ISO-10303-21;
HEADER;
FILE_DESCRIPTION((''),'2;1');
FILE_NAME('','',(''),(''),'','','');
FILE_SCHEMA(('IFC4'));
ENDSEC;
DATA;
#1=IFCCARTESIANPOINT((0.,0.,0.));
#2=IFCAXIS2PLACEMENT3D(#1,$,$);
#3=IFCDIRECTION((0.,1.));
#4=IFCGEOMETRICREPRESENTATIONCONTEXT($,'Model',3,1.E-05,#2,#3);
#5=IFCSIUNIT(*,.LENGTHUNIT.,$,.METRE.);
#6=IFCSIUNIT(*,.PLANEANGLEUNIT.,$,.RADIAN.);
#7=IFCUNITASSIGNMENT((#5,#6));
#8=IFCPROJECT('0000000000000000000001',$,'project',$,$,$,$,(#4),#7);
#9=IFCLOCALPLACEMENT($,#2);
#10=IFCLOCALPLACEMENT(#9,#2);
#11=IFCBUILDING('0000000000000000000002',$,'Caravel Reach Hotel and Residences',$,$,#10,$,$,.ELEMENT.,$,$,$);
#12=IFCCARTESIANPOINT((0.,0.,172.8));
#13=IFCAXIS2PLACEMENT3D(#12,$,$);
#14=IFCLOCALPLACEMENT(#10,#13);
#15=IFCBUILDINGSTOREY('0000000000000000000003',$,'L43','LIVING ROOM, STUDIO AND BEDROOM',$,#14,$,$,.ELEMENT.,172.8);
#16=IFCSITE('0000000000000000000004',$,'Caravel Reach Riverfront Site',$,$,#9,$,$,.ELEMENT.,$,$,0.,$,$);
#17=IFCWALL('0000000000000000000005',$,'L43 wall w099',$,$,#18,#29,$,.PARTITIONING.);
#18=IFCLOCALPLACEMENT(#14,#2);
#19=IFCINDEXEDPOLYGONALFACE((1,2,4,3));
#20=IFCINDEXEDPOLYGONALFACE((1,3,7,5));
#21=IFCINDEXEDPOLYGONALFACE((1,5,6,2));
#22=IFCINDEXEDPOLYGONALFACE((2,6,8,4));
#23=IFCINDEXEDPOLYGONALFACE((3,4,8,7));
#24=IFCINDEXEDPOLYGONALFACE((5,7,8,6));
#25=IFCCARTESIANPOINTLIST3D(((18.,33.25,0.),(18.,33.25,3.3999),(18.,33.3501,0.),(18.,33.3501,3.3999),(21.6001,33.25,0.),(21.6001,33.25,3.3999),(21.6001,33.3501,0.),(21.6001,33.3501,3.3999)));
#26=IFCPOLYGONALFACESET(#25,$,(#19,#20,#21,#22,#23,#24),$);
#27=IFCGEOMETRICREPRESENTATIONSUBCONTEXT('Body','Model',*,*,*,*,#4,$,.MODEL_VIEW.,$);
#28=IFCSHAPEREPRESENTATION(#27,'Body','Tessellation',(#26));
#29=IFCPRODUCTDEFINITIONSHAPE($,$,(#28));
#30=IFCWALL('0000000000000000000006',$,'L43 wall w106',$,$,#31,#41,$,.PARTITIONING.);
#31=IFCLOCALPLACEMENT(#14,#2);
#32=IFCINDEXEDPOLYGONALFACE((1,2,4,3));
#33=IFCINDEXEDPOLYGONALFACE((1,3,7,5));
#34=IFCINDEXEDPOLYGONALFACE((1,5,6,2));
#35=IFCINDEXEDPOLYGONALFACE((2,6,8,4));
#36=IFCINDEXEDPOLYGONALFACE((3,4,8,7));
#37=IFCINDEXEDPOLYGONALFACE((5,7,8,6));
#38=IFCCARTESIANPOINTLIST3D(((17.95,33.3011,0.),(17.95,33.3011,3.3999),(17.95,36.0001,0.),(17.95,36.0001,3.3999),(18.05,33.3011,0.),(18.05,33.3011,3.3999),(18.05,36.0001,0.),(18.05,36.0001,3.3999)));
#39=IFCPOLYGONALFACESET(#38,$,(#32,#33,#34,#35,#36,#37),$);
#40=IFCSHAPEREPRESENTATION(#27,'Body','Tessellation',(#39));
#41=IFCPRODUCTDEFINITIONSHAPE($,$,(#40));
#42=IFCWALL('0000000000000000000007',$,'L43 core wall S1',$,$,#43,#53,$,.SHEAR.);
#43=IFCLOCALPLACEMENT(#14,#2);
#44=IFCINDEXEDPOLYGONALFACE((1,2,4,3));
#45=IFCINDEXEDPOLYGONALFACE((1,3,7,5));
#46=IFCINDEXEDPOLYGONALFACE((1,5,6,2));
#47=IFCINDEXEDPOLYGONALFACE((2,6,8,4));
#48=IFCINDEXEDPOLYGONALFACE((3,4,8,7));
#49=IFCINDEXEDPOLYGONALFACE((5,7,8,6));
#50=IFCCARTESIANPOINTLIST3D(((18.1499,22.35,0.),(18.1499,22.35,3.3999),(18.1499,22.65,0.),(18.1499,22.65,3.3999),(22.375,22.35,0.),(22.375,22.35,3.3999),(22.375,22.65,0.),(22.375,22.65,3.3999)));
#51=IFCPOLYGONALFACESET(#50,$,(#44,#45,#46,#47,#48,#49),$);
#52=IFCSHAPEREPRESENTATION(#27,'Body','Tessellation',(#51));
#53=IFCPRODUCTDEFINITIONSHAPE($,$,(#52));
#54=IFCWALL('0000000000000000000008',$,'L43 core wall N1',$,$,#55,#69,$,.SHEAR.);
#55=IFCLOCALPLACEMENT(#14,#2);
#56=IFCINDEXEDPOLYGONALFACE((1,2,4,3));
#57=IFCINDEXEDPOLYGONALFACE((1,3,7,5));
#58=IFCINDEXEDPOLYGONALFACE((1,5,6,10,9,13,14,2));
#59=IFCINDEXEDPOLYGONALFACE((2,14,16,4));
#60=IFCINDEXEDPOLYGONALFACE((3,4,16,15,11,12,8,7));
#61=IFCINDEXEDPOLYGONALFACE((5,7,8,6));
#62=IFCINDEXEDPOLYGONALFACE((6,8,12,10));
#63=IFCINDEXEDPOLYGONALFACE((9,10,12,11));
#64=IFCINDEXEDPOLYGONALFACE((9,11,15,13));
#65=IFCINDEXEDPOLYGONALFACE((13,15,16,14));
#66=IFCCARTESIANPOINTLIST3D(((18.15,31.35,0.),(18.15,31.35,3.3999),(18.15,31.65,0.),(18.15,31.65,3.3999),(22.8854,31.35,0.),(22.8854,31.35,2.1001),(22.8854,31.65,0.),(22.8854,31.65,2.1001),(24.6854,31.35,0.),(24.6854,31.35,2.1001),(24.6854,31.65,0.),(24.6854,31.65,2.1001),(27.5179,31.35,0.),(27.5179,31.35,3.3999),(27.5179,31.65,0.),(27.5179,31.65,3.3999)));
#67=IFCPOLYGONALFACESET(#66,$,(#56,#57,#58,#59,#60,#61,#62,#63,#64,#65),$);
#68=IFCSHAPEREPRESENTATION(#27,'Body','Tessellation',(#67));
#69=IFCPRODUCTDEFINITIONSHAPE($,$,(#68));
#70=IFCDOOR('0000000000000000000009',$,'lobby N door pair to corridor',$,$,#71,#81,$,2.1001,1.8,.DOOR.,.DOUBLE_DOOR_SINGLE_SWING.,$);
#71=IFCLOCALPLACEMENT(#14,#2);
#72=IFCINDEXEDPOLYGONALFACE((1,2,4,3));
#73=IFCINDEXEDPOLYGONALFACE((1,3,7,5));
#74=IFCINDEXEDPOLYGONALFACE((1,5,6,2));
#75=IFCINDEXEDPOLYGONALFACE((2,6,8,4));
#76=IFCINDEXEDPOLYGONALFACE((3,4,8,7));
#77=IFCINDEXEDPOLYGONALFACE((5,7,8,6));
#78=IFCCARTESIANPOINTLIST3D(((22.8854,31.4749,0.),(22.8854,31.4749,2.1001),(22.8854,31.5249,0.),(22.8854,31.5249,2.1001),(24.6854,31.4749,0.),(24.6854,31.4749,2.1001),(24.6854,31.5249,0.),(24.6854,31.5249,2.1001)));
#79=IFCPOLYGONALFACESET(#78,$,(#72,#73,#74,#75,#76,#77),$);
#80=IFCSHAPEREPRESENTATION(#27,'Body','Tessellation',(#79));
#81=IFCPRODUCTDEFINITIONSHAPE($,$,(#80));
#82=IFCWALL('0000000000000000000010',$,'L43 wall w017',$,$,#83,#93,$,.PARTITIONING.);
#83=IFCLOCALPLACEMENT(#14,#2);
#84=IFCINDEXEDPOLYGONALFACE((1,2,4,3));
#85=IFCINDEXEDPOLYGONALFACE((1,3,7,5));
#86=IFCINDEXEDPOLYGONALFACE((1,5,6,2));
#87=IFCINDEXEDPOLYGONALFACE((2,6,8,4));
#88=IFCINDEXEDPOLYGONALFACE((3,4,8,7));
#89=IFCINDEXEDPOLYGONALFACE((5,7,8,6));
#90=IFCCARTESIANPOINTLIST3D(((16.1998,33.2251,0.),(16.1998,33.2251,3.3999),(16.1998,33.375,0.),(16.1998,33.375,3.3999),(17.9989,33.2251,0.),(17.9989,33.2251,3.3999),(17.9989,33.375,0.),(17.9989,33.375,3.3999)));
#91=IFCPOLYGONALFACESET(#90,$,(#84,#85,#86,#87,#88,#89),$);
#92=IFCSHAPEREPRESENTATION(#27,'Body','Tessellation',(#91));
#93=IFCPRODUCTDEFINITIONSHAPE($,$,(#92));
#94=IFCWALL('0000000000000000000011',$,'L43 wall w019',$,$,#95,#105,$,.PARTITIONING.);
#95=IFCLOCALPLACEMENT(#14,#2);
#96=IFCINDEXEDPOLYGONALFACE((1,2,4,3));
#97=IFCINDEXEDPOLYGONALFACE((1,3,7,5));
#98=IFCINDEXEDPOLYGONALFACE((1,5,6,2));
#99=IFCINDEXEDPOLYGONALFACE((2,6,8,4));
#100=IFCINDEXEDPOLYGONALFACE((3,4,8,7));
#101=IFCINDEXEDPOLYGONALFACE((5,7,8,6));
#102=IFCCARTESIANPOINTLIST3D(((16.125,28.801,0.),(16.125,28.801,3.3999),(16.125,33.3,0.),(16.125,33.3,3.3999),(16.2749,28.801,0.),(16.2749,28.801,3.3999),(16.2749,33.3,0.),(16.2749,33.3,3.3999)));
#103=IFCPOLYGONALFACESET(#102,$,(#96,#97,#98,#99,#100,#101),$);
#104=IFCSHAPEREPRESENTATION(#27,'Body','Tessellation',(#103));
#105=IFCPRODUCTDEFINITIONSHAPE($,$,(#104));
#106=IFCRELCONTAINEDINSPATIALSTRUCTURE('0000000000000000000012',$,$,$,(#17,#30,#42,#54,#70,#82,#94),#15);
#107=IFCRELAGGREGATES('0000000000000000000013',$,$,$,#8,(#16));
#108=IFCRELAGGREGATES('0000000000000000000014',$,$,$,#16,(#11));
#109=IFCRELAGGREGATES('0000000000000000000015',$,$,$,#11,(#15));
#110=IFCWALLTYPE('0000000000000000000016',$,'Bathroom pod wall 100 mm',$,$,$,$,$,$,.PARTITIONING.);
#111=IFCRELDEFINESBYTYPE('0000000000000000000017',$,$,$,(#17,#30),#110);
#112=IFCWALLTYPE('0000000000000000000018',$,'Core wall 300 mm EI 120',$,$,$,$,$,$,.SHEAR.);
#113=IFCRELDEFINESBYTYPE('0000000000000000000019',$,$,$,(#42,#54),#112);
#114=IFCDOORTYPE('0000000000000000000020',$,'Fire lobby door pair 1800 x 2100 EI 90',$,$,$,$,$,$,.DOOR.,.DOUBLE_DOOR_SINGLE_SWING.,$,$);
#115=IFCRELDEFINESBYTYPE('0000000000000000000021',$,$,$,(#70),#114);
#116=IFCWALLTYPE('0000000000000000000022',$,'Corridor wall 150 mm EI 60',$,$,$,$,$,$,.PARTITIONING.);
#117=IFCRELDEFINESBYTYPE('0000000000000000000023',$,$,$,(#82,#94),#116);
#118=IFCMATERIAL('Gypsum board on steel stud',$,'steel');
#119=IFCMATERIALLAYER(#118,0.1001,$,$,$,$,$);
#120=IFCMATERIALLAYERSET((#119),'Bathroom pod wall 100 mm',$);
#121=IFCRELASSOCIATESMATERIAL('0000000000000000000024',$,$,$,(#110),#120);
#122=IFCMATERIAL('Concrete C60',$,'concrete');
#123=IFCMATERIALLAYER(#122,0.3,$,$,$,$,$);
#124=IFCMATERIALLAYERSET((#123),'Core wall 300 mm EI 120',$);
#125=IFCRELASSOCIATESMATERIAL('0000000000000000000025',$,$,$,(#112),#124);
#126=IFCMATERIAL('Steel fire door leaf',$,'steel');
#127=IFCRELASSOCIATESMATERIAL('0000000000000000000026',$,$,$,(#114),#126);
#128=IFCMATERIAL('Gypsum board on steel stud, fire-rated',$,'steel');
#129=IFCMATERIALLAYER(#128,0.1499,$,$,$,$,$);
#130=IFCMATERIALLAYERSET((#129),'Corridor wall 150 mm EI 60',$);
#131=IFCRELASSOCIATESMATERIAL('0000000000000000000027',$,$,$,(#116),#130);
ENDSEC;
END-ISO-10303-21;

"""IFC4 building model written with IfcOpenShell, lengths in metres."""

from ifc_helpers import new_model, si_unit, direction, frame, frame_2d, origin, place, context, subcontext, project, spatial, rectangle, extrude, material, layer, layer_set, type_object, element, fill, save


model = new_model("IFC4")

# Units and contexts
model_context = context("Model", 3, precision=1e-05, world=origin(), true_north=direction((0.0, 1.0)))
body_context = subcontext(model_context, "Body", "Model", "MODEL_VIEW")
ifc_project = project(units=[si_unit("LENGTHUNIT", "METRE"), si_unit("PLANEANGLEUNIT", "RADIAN")], contexts=[model_context])

# Site, building, storey
site_placement = place(None, origin())
site = spatial("IfcSite", under=ifc_project, at=site_placement, Name="Caravel Reach Riverfront Site", CompositionType="ELEMENT", RefElevation=0.0)
building_placement = place(site_placement, origin())
building = spatial("IfcBuilding", under=site, at=building_placement, Name="Caravel Reach Hotel and Residences", CompositionType="ELEMENT")
storey_placement = place(building_placement, frame((0.0, 0.0, 172.8)))
storey = spatial("IfcBuildingStorey", under=building, at=storey_placement, Name="L43", Description="LIVING ROOM, STUDIO AND BEDROOM", CompositionType="ELEMENT", Elevation=172.8)

# Walls
ifc_material_1 = material(Name="Gypsum board on steel stud", Category="steel")
ifc_layer_1 = layer(ifc_material_1, 0.1001)
ifc_layer_set_1 = layer_set([ifc_layer_1], Name="Bathroom pod wall 100 mm")
wall_type_1 = type_object("IfcWallType", Name="Bathroom pod wall 100 mm", PredefinedType="PARTITIONING", material=ifc_layer_set_1)
wall_1_placement = place(storey_placement, frame((18.0, 33.3, 0.0), z_axis=(0.0, 0.0, 1.0), x_axis=(1.0, 0.0, 0.0)))
element("IfcWall", 1, at=wall_1_placement, inside=storey, type_object=wall_type_1, Name="L43 wall w099", PredefinedType="PARTITIONING", context=body_context, shape_type="SweptSolid", body=[
    extrude(rectangle(XDim=3.6001, YDim=0.1001, at=frame_2d((1.8, 0.0))), origin(), (0.0, 0.0, 1.0), 3.3999),
])
wall_2_placement = place(storey_placement, frame((18.0, 33.301, 0.0), z_axis=(0.0, 0.0, 1.0), x_axis=(0.0, 1.0, 0.0)))
element("IfcWall", 2, at=wall_2_placement, inside=storey, type_object=wall_type_1, Name="L43 wall w106", PredefinedType="PARTITIONING", context=body_context, shape_type="SweptSolid", body=[
    extrude(rectangle(XDim=2.699, YDim=0.1001, at=frame_2d((1.3496, 0.0))), origin(), (0.0, 0.0, 1.0), 3.3999),
])
ifc_material_2 = material(Name="Concrete C60", Category="concrete")
ifc_layer_2 = layer(ifc_material_2, 0.3)
ifc_layer_set_2 = layer_set([ifc_layer_2], Name="Core wall 300 mm EI 120")
wall_type_2 = type_object("IfcWallType", Name="Core wall 300 mm EI 120", PredefinedType="SHEAR", material=ifc_layer_set_2)
wall_3_placement = place(storey_placement, frame((18.1499, 22.5, 0.0), z_axis=(0.0, 0.0, 1.0), x_axis=(1.0, 0.0, 0.0)))
element("IfcWall", 3, at=wall_3_placement, inside=storey, type_object=wall_type_2, Name="L43 core wall S1", PredefinedType="SHEAR", context=body_context, shape_type="SweptSolid", body=[
    extrude(rectangle(XDim=4.2251, YDim=0.3, at=frame_2d((2.1125, 0.0))), origin(), (0.0, 0.0, 1.0), 3.3999),
])

# Wall, opening, door
wall_4_placement = place(storey_placement, frame((18.1499, 31.5, 0.0), z_axis=(0.0, 0.0, 1.0), x_axis=(1.0, 0.0, 0.0)))
wall_4 = element("IfcWall", 4, at=wall_4_placement, inside=storey, type_object=wall_type_2, Name="L43 core wall N1", PredefinedType="SHEAR", context=body_context, shape_type="SweptSolid", body=[
    extrude(rectangle(XDim=9.3679, YDim=0.3, at=frame_2d((4.6841, 0.0))), origin(), (0.0, 0.0, 1.0), 3.3999),
])
opening_placement = place(wall_4_placement, frame((4.7356, 0.0, 0.0)))
opening = element("IfcOpeningElement", 5, at=opening_placement, cuts=wall_4, PredefinedType="OPENING", context=body_context, shape_type="SweptSolid", body=[
    extrude(rectangle(XDim=1.8, YDim=2.1001, at=frame_2d((0.8999, 1.05))), frame((0.0, 0.1599, 0.0), z_axis=(0.0, -1.0, 0.0), x_axis=(1.0, 0.0, 0.0)), (0.0, 0.0, 1.0), 0.3201),
])
ifc_material_3 = material(Name="Steel fire door leaf", Category="steel")
door_type = type_object("IfcDoorType", Name="Fire lobby door pair 1800 x 2100 EI 90", OperationType="DOUBLE_DOOR_SINGLE_SWING", PredefinedType="DOOR", material=ifc_material_3)
door_placement = place(opening_placement, origin())
door = element("IfcDoor", 6, at=door_placement, inside=storey, type_object=door_type, Name="lobby N door pair to corridor", OperationType="DOUBLE_DOOR_SINGLE_SWING", OverallHeight=2.1001, OverallWidth=1.8, PredefinedType="DOOR", context=body_context, shape_type="SweptSolid", body=[
    extrude(rectangle(XDim=1.8, YDim=2.1001, at=frame_2d((0.8999, 1.05))), frame((0.0, 0.0249, 0.0), z_axis=(0.0, -1.0, 0.0), x_axis=(1.0, 0.0, 0.0)), (0.0, 0.0, 1.0), 0.05),
])
fill(opening, door)

# Walls
ifc_material_4 = material(Name="Gypsum board on steel stud, fire-rated", Category="steel")
ifc_layer_3 = layer(ifc_material_4, 0.1499)
ifc_layer_set_3 = layer_set([ifc_layer_3], Name="Corridor wall 150 mm EI 60")
wall_type_3 = type_object("IfcWallType", Name="Corridor wall 150 mm EI 60", PredefinedType="PARTITIONING", material=ifc_layer_set_3)
wall_5_placement = place(storey_placement, frame((16.2, 33.3, 0.0), z_axis=(0.0, 0.0, 1.0), x_axis=(1.0, 0.0, 0.0)))
element("IfcWall", 7, at=wall_5_placement, inside=storey, type_object=wall_type_3, Name="L43 wall w017", PredefinedType="PARTITIONING", context=body_context, shape_type="SweptSolid", body=[
    extrude(rectangle(XDim=1.7991, YDim=0.1499, at=frame_2d((0.8994, 0.0))), origin(), (0.0, 0.0, 1.0), 3.3999),
])
wall_6_placement = place(storey_placement, frame((16.2, 28.801, 0.0), z_axis=(0.0, 0.0, 1.0), x_axis=(0.0, 1.0, 0.0)))
element("IfcWall", 8, at=wall_6_placement, inside=storey, type_object=wall_type_3, Name="L43 wall w019", PredefinedType="PARTITIONING", context=body_context, shape_type="SweptSolid", body=[
    extrude(rectangle(XDim=4.499, YDim=0.1499, at=frame_2d((2.2495, 0.0))), origin(), (0.0, 0.0, 1.0), 3.3999),
])

save(model, "model.ifc")
